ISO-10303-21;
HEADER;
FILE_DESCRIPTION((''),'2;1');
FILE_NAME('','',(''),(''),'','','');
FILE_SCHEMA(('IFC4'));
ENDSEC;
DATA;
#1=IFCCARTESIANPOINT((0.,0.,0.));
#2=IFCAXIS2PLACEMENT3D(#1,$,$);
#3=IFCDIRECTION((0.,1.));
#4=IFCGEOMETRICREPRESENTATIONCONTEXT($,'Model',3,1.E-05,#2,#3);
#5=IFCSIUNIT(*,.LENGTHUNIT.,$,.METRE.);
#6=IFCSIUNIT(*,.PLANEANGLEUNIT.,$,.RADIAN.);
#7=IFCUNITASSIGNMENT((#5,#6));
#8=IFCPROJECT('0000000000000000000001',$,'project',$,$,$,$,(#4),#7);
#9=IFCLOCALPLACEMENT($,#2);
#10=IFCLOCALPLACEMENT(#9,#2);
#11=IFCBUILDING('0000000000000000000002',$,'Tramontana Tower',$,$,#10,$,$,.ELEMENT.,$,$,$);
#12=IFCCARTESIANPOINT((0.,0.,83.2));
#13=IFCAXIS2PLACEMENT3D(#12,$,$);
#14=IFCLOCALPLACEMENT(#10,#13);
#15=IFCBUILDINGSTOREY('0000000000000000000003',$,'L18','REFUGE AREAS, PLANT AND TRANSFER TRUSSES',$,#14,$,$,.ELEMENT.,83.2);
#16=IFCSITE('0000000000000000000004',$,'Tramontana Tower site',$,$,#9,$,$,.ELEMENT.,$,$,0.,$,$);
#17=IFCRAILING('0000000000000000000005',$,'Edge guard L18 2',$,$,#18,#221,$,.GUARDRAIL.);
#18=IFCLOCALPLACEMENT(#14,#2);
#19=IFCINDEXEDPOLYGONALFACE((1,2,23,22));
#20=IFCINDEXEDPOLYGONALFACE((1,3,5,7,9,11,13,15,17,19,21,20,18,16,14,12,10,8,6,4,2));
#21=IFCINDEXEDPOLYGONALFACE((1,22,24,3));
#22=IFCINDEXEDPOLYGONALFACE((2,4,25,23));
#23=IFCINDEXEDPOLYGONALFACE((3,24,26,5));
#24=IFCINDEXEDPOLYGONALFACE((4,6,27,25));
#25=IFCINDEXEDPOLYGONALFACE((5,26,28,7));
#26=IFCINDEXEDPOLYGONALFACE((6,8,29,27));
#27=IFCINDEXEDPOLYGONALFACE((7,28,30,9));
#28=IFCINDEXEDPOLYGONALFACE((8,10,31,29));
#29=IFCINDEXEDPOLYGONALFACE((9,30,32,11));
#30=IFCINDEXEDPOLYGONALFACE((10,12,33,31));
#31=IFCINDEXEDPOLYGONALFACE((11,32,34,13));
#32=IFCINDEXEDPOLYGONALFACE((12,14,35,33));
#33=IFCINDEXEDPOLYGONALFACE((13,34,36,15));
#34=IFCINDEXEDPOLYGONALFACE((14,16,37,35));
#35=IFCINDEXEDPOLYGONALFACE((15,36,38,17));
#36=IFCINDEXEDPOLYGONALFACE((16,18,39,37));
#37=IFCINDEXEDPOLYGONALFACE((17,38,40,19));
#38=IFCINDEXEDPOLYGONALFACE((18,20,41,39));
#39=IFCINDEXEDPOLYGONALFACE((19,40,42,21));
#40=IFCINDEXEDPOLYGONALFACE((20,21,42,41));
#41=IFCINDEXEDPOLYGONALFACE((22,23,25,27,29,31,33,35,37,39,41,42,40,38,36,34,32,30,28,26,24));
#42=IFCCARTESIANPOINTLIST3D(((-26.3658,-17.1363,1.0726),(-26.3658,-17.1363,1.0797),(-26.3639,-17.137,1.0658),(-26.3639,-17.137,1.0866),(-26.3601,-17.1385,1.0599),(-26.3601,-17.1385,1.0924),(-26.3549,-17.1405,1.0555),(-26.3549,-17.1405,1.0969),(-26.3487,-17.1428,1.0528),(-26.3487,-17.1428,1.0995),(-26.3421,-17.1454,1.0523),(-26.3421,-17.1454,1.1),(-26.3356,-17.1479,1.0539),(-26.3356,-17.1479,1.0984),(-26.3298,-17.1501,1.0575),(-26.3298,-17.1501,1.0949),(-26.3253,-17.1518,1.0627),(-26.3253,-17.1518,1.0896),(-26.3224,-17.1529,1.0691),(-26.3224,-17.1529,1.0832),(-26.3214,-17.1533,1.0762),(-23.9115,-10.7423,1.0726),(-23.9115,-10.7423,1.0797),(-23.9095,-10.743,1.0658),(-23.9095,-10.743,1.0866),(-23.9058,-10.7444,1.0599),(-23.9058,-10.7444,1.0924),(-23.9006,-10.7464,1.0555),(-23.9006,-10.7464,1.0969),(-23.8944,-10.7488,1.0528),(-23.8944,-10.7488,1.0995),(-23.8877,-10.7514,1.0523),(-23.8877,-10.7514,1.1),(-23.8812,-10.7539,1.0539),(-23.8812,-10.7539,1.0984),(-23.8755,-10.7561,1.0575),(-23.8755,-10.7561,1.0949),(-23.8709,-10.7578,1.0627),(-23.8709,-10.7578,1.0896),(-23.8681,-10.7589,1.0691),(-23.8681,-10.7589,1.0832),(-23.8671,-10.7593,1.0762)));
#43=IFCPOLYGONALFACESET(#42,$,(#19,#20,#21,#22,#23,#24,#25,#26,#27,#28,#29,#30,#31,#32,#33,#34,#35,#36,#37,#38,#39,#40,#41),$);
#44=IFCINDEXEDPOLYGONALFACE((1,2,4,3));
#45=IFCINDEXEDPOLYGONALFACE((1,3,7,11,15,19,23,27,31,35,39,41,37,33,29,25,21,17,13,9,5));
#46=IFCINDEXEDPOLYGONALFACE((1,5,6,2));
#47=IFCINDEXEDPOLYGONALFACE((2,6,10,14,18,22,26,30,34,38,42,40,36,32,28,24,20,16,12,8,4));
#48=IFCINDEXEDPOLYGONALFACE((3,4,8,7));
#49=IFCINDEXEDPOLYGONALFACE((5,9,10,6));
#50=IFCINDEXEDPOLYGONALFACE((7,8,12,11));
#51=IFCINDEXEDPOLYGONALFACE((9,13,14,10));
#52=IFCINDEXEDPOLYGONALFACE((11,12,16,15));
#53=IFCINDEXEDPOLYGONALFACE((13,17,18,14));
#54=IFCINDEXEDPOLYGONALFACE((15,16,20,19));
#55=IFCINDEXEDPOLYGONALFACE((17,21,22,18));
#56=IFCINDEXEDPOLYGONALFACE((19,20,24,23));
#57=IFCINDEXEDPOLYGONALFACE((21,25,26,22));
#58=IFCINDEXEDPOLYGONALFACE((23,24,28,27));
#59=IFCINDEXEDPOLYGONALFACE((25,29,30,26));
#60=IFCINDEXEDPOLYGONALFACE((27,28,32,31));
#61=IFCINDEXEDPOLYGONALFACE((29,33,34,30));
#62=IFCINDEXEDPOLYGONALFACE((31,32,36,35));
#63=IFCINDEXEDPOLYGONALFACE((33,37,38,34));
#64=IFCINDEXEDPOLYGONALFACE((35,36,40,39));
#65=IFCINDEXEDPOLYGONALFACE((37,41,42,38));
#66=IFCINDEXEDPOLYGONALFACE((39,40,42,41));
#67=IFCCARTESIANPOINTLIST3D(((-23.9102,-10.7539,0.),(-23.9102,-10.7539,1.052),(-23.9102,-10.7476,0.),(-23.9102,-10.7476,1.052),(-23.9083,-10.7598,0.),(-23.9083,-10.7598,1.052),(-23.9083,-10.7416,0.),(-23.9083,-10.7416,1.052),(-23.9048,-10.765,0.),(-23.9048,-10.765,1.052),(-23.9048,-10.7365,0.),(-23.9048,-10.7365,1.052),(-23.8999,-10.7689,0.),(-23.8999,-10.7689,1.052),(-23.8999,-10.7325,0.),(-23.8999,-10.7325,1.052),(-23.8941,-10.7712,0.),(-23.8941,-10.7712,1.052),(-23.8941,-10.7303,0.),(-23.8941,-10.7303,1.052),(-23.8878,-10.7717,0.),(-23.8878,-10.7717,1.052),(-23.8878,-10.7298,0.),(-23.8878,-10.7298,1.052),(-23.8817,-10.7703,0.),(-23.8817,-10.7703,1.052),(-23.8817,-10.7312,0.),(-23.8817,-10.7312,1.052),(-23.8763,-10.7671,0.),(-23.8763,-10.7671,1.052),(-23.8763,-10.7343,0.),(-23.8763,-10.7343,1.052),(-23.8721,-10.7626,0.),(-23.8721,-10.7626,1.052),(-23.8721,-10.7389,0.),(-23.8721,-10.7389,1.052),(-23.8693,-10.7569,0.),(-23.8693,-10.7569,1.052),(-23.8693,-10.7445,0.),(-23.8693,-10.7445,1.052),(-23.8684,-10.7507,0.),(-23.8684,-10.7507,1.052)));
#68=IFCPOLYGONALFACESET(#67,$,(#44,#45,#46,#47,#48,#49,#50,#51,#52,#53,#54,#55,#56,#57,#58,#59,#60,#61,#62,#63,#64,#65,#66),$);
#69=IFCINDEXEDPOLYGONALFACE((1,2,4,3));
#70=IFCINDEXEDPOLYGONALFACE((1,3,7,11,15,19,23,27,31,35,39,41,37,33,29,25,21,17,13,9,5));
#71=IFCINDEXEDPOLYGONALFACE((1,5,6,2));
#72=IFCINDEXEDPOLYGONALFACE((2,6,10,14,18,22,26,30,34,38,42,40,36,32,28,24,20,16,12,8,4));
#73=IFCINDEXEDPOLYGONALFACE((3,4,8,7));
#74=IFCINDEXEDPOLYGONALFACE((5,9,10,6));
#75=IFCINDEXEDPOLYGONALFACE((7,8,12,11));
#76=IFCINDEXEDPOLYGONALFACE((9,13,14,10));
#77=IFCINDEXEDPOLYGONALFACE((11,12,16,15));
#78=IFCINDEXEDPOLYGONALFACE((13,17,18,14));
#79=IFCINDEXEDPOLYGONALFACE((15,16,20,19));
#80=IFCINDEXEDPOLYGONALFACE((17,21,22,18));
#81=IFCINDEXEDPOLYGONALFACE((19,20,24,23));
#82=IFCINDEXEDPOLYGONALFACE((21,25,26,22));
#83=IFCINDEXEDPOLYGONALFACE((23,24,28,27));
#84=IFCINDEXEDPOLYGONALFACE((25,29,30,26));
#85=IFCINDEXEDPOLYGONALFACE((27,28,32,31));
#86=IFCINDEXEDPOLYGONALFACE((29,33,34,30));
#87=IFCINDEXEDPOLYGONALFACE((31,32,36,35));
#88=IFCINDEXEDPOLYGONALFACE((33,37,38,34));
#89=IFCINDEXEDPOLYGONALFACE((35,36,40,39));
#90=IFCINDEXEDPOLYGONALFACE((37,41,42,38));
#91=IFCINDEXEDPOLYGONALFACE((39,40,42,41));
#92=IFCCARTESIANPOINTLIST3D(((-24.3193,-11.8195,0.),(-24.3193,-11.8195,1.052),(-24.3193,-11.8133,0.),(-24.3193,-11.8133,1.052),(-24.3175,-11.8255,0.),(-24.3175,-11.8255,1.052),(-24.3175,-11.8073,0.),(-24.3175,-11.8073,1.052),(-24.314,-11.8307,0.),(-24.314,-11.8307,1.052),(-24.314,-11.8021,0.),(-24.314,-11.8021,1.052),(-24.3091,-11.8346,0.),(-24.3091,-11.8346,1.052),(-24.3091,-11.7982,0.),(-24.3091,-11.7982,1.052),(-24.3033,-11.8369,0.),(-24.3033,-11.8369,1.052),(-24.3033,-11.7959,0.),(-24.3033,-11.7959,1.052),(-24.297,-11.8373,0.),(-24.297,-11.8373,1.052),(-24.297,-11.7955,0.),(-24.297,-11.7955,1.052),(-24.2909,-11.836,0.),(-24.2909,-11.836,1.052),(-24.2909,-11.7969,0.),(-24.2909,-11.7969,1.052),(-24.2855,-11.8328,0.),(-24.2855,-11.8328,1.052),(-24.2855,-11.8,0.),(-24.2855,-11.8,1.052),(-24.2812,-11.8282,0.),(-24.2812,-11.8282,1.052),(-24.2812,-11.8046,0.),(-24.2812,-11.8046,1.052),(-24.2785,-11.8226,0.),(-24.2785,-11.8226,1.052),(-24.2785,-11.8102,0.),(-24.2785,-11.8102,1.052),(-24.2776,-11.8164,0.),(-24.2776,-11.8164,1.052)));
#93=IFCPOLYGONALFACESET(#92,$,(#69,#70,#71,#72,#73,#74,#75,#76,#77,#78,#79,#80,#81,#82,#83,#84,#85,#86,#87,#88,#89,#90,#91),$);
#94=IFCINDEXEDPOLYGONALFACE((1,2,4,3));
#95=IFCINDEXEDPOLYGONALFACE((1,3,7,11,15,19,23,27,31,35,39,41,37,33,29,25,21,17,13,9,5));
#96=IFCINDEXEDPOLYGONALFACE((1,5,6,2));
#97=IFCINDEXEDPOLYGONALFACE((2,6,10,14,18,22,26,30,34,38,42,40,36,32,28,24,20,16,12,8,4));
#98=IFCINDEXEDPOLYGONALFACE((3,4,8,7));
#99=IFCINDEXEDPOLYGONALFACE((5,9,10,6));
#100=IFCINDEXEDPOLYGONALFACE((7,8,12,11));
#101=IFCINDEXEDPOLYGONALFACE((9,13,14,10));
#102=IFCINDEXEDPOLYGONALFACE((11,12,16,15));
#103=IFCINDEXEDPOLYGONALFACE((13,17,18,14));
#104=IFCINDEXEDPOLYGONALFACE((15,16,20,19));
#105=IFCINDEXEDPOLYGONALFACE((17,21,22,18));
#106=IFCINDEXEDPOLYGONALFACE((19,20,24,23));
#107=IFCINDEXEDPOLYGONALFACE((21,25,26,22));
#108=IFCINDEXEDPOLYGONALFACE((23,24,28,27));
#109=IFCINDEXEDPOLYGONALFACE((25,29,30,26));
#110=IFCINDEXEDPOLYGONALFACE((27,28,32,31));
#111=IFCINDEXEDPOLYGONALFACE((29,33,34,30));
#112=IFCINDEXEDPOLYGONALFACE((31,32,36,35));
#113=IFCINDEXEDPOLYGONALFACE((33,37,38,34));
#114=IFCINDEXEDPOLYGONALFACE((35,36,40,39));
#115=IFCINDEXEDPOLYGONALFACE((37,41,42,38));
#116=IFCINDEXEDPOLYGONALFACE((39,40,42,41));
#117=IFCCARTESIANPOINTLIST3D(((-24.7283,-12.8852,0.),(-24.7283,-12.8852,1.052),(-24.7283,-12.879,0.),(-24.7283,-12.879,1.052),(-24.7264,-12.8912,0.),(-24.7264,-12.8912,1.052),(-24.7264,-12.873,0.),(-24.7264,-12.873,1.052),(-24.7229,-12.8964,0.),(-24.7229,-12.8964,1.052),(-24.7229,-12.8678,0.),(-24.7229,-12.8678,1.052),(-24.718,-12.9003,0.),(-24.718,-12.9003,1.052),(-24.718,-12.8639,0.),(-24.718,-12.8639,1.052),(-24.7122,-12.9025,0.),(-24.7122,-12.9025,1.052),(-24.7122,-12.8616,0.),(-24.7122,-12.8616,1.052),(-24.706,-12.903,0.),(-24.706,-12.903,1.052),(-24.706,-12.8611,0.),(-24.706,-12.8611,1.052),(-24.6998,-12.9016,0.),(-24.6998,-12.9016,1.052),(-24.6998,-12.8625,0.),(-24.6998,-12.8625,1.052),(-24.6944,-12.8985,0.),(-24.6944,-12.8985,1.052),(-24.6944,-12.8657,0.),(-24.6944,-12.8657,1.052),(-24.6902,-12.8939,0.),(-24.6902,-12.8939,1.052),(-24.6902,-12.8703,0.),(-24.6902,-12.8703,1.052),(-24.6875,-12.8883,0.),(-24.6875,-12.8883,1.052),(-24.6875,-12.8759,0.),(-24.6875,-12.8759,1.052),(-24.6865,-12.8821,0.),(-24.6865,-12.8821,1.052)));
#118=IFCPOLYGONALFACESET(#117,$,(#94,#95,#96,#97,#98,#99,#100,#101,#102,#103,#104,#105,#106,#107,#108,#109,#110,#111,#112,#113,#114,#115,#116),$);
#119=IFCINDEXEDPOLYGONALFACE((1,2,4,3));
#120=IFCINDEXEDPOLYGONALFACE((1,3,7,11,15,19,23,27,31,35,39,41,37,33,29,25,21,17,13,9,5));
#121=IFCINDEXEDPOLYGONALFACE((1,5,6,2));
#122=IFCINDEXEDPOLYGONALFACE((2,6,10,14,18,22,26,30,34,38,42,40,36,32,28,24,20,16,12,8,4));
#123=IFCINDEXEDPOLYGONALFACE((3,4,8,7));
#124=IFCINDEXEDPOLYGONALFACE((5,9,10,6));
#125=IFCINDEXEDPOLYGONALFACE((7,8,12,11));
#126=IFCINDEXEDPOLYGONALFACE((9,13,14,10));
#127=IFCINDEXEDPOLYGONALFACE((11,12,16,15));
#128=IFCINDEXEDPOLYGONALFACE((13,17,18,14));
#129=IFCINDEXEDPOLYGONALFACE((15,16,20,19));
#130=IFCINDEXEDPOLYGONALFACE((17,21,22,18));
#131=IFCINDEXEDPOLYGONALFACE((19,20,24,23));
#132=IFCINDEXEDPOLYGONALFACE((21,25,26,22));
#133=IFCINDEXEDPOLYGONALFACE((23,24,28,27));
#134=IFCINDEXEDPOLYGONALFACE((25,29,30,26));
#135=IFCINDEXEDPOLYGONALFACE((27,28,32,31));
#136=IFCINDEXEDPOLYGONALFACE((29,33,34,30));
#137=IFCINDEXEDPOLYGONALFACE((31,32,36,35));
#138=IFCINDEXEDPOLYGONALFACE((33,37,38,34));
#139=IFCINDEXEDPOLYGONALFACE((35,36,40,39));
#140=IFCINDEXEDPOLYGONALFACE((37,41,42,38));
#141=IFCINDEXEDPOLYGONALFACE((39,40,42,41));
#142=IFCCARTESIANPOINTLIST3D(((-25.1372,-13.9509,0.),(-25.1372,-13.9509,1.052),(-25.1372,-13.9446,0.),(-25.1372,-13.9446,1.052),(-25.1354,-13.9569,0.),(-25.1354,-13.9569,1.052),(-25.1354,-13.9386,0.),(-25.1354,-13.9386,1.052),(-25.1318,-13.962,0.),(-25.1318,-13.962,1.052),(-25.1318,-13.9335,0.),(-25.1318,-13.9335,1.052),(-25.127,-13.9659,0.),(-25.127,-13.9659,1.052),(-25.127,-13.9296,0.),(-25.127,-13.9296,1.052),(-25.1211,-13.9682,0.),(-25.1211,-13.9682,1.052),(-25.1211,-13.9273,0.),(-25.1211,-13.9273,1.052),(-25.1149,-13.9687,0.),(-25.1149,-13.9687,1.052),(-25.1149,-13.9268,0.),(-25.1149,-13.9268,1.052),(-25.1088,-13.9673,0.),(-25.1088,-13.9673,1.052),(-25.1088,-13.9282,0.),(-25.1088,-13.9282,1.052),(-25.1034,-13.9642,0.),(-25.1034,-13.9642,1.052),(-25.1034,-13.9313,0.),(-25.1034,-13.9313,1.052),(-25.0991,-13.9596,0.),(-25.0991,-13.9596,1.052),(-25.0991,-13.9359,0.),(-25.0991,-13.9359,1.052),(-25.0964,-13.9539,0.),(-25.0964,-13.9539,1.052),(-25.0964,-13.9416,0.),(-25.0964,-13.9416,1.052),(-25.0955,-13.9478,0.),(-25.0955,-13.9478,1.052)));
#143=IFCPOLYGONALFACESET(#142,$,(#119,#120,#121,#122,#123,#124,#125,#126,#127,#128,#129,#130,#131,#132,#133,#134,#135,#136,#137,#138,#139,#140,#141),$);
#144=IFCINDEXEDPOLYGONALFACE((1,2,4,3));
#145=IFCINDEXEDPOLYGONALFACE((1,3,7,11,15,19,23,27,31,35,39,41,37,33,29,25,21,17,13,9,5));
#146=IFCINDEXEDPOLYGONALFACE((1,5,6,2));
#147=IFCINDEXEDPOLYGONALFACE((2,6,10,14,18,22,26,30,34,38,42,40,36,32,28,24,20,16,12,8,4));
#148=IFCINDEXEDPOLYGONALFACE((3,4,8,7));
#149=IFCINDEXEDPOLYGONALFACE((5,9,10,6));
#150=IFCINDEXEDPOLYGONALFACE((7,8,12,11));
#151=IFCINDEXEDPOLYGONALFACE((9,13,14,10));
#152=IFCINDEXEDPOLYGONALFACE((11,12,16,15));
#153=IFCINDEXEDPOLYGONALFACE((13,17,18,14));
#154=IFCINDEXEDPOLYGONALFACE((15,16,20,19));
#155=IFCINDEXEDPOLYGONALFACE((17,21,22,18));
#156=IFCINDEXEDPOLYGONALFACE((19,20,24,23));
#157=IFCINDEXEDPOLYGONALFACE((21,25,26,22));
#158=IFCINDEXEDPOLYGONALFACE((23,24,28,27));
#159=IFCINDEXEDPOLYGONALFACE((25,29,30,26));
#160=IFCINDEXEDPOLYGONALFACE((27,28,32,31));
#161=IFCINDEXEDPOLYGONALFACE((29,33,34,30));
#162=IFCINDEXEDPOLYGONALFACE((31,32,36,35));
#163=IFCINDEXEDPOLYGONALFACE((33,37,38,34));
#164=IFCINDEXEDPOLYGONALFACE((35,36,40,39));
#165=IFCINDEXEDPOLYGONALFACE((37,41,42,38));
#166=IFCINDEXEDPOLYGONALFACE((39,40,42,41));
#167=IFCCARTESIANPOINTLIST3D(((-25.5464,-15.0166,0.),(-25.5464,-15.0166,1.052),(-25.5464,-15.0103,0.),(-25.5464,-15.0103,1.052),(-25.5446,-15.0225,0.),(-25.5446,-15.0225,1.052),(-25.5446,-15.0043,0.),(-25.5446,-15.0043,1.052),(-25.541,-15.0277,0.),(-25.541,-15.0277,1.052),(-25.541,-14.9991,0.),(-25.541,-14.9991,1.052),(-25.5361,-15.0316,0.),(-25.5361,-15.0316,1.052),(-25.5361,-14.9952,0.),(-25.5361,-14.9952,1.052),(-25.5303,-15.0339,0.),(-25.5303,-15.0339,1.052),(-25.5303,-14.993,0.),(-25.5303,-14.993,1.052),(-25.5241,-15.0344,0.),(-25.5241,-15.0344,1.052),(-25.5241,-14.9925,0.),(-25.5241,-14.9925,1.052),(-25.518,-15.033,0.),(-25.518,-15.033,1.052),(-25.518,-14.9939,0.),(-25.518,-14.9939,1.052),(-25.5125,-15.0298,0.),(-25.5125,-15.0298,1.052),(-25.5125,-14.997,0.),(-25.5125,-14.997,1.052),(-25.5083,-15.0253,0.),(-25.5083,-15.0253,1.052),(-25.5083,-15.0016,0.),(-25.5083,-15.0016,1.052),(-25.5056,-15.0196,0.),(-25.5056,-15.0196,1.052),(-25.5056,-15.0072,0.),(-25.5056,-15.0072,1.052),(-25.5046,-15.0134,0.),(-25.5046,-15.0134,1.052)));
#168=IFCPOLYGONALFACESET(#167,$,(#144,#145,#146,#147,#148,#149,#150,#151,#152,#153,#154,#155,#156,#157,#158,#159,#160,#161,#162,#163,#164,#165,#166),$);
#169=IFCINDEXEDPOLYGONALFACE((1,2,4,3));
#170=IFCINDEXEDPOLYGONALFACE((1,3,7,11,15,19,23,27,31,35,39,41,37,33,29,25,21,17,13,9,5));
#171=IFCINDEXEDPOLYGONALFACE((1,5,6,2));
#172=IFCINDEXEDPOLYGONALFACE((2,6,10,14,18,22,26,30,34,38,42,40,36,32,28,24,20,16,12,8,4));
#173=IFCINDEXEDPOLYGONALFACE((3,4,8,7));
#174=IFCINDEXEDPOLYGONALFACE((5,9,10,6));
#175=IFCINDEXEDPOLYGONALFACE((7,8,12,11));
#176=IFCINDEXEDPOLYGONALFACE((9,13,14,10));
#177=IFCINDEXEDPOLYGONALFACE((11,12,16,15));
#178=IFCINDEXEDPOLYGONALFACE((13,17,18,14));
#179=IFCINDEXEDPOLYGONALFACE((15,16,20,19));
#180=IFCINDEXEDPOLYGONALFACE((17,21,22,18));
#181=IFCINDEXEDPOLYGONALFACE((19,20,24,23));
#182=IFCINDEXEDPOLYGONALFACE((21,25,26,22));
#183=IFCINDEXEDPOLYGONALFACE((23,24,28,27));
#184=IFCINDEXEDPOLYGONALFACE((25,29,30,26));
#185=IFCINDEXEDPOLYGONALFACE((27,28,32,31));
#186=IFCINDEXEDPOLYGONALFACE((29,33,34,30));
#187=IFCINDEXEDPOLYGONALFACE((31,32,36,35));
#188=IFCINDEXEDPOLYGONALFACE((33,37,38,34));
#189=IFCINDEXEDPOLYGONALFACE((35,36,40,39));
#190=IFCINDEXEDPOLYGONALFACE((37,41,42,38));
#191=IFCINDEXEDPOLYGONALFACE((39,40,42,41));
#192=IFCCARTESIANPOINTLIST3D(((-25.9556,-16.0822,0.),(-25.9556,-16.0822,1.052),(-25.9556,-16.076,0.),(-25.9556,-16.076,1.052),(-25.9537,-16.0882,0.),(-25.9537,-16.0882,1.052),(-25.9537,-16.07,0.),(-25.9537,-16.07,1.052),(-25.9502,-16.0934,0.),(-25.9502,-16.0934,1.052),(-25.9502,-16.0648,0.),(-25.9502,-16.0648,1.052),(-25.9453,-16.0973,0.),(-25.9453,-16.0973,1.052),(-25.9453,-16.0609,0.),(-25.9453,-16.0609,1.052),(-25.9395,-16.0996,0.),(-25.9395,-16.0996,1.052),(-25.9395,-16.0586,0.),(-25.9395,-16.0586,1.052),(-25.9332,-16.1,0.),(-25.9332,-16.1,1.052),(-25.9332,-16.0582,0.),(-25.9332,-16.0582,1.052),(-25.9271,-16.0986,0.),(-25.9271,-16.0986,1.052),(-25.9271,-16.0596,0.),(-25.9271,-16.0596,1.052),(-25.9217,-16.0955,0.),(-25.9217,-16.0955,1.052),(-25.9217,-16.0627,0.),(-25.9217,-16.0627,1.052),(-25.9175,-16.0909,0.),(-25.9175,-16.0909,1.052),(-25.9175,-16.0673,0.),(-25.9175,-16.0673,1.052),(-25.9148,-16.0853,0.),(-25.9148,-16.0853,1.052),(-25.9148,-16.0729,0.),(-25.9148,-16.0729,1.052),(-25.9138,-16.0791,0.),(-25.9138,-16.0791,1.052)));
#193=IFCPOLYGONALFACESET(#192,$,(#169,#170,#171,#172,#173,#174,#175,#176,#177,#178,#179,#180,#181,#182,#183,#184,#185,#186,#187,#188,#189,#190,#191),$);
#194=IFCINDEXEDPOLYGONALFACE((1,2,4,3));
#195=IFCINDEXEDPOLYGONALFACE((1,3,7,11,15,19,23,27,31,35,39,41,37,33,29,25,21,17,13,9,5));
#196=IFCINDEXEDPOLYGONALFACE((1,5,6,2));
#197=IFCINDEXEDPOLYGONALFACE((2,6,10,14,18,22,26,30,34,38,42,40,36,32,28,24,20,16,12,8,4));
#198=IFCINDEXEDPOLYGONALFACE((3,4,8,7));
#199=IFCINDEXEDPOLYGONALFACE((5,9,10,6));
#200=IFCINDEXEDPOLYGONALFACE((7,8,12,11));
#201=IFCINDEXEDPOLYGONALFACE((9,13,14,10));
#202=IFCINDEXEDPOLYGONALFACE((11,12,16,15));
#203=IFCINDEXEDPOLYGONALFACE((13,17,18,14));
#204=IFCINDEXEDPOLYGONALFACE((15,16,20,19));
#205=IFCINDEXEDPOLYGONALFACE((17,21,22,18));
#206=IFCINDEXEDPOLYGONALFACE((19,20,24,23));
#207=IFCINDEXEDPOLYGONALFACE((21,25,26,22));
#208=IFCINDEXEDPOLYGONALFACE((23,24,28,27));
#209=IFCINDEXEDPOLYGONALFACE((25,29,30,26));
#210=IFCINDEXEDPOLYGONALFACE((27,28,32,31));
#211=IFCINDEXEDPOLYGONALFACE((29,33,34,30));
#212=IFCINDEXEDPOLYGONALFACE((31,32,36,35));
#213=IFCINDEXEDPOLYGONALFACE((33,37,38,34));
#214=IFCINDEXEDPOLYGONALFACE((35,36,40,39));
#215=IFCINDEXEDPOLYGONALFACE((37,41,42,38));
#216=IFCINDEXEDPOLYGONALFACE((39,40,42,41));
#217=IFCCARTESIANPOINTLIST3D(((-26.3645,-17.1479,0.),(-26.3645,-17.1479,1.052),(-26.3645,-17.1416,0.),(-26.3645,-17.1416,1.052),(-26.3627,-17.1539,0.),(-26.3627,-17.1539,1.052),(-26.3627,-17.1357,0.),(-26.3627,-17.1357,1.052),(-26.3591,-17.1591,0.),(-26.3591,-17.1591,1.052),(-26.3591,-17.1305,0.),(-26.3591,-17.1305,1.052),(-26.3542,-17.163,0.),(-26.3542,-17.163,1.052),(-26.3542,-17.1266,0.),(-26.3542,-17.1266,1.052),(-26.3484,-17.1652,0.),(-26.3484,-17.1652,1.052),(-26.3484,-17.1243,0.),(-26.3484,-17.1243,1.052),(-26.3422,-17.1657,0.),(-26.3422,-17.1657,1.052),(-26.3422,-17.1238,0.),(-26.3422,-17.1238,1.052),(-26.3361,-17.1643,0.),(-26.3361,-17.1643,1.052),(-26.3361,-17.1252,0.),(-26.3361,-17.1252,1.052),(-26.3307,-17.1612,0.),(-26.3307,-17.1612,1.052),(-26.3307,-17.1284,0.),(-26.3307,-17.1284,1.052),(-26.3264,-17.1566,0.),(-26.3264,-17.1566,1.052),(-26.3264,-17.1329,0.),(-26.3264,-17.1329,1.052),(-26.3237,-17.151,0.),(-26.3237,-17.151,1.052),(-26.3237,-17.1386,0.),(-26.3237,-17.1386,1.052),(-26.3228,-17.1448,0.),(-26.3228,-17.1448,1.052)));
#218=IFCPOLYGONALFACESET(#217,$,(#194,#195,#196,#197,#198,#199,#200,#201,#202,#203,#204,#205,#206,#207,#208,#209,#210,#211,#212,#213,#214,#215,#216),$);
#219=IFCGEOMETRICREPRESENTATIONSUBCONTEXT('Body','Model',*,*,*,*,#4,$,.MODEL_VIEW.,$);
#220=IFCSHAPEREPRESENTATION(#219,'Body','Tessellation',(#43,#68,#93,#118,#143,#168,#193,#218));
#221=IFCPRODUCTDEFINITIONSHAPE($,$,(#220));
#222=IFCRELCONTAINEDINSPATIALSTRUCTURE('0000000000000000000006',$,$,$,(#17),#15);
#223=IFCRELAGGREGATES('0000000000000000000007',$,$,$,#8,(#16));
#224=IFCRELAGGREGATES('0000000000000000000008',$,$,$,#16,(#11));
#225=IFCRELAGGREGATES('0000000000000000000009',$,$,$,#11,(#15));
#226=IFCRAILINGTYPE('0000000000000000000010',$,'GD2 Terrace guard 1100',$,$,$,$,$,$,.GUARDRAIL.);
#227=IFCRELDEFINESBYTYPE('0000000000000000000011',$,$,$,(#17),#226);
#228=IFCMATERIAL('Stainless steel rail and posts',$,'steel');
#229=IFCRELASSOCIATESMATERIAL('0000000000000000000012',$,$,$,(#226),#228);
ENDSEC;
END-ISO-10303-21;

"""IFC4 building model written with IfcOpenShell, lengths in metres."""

from ifc_helpers import new_model, si_unit, direction, frame, origin, origin_2d, place, context, subcontext, project, spatial, circle, extrude, material, type_object, element, save


model = new_model("IFC4")

# Units and contexts
model_context = context("Model", 3, precision=1e-05, world=origin(), true_north=direction((0.0, 1.0)))
body_context = subcontext(model_context, "Body", "Model", "MODEL_VIEW")
ifc_project = project(units=[si_unit("LENGTHUNIT", "METRE"), si_unit("PLANEANGLEUNIT", "RADIAN")], contexts=[model_context])

# Site, building, storey
site_placement = place(None, origin())
site = spatial("IfcSite", under=ifc_project, at=site_placement, Name="Tramontana Tower site", CompositionType="ELEMENT", RefElevation=0.0)
building_placement = place(site_placement, origin())
building = spatial("IfcBuilding", under=site, at=building_placement, Name="Tramontana Tower", CompositionType="ELEMENT")
storey_placement = place(building_placement, frame((0.0, 0.0, 83.2)))
storey = spatial("IfcBuildingStorey", under=building, at=storey_placement, Name="L18", Description="REFUGE AREAS, PLANT AND TRANSFER TRUSSES", CompositionType="ELEMENT", Elevation=83.2)

# Railing
ifc_material_1 = material(Name="Stainless steel rail and posts", Category="steel")
railing_type = type_object("IfcRailingType", Name="GD2 Terrace guard 1100", PredefinedType="GUARDRAIL", material=ifc_material_1)
railing_placement = place(storey_placement, frame((-23.8894, -10.7507, 0.0)))
element("IfcRailing", 1, at=railing_placement, inside=storey, type_object=railing_type, Name="Edge guard L18 2", PredefinedType="GUARDRAIL", context=body_context, shape_type="SweptSolid", body=[
    extrude(circle(Radius=0.0239, at=origin_2d()), frame((0.0, 0.0, 1.0762), z_axis=(-0.358356, -0.933585, 0.0), x_axis=(0.933585, -0.358356, 0.0)), (0.0, 0.0, 1.0), 6.8489),
    extrude(circle(Radius=0.021, at=origin_2d()), origin(), (0.0, 0.0, 1.0), 1.052),
    extrude(circle(Radius=0.021, at=origin_2d()), frame((-0.4092, -1.0657, 0.0)), (0.0, 0.0, 1.0), 1.052),
    extrude(circle(Radius=0.021, at=origin_2d()), frame((-0.8181, -2.1313, 0.0)), (0.0, 0.0, 1.0), 1.052),
    extrude(circle(Radius=0.021, at=origin_2d()), frame((-1.2271, -3.197, 0.0)), (0.0, 0.0, 1.0), 1.052),
    extrude(circle(Radius=0.021, at=origin_2d()), frame((-1.6362, -4.2627, 0.0)), (0.0, 0.0, 1.0), 1.052),
    extrude(circle(Radius=0.021, at=origin_2d()), frame((-2.0454, -5.3284, 0.0)), (0.0, 0.0, 1.0), 1.052),
    extrude(circle(Radius=0.021, at=origin_2d()), frame((-2.4543, -6.394, 0.0)), (0.0, 0.0, 1.0), 1.052),
])

save(model, "model.ifc")
